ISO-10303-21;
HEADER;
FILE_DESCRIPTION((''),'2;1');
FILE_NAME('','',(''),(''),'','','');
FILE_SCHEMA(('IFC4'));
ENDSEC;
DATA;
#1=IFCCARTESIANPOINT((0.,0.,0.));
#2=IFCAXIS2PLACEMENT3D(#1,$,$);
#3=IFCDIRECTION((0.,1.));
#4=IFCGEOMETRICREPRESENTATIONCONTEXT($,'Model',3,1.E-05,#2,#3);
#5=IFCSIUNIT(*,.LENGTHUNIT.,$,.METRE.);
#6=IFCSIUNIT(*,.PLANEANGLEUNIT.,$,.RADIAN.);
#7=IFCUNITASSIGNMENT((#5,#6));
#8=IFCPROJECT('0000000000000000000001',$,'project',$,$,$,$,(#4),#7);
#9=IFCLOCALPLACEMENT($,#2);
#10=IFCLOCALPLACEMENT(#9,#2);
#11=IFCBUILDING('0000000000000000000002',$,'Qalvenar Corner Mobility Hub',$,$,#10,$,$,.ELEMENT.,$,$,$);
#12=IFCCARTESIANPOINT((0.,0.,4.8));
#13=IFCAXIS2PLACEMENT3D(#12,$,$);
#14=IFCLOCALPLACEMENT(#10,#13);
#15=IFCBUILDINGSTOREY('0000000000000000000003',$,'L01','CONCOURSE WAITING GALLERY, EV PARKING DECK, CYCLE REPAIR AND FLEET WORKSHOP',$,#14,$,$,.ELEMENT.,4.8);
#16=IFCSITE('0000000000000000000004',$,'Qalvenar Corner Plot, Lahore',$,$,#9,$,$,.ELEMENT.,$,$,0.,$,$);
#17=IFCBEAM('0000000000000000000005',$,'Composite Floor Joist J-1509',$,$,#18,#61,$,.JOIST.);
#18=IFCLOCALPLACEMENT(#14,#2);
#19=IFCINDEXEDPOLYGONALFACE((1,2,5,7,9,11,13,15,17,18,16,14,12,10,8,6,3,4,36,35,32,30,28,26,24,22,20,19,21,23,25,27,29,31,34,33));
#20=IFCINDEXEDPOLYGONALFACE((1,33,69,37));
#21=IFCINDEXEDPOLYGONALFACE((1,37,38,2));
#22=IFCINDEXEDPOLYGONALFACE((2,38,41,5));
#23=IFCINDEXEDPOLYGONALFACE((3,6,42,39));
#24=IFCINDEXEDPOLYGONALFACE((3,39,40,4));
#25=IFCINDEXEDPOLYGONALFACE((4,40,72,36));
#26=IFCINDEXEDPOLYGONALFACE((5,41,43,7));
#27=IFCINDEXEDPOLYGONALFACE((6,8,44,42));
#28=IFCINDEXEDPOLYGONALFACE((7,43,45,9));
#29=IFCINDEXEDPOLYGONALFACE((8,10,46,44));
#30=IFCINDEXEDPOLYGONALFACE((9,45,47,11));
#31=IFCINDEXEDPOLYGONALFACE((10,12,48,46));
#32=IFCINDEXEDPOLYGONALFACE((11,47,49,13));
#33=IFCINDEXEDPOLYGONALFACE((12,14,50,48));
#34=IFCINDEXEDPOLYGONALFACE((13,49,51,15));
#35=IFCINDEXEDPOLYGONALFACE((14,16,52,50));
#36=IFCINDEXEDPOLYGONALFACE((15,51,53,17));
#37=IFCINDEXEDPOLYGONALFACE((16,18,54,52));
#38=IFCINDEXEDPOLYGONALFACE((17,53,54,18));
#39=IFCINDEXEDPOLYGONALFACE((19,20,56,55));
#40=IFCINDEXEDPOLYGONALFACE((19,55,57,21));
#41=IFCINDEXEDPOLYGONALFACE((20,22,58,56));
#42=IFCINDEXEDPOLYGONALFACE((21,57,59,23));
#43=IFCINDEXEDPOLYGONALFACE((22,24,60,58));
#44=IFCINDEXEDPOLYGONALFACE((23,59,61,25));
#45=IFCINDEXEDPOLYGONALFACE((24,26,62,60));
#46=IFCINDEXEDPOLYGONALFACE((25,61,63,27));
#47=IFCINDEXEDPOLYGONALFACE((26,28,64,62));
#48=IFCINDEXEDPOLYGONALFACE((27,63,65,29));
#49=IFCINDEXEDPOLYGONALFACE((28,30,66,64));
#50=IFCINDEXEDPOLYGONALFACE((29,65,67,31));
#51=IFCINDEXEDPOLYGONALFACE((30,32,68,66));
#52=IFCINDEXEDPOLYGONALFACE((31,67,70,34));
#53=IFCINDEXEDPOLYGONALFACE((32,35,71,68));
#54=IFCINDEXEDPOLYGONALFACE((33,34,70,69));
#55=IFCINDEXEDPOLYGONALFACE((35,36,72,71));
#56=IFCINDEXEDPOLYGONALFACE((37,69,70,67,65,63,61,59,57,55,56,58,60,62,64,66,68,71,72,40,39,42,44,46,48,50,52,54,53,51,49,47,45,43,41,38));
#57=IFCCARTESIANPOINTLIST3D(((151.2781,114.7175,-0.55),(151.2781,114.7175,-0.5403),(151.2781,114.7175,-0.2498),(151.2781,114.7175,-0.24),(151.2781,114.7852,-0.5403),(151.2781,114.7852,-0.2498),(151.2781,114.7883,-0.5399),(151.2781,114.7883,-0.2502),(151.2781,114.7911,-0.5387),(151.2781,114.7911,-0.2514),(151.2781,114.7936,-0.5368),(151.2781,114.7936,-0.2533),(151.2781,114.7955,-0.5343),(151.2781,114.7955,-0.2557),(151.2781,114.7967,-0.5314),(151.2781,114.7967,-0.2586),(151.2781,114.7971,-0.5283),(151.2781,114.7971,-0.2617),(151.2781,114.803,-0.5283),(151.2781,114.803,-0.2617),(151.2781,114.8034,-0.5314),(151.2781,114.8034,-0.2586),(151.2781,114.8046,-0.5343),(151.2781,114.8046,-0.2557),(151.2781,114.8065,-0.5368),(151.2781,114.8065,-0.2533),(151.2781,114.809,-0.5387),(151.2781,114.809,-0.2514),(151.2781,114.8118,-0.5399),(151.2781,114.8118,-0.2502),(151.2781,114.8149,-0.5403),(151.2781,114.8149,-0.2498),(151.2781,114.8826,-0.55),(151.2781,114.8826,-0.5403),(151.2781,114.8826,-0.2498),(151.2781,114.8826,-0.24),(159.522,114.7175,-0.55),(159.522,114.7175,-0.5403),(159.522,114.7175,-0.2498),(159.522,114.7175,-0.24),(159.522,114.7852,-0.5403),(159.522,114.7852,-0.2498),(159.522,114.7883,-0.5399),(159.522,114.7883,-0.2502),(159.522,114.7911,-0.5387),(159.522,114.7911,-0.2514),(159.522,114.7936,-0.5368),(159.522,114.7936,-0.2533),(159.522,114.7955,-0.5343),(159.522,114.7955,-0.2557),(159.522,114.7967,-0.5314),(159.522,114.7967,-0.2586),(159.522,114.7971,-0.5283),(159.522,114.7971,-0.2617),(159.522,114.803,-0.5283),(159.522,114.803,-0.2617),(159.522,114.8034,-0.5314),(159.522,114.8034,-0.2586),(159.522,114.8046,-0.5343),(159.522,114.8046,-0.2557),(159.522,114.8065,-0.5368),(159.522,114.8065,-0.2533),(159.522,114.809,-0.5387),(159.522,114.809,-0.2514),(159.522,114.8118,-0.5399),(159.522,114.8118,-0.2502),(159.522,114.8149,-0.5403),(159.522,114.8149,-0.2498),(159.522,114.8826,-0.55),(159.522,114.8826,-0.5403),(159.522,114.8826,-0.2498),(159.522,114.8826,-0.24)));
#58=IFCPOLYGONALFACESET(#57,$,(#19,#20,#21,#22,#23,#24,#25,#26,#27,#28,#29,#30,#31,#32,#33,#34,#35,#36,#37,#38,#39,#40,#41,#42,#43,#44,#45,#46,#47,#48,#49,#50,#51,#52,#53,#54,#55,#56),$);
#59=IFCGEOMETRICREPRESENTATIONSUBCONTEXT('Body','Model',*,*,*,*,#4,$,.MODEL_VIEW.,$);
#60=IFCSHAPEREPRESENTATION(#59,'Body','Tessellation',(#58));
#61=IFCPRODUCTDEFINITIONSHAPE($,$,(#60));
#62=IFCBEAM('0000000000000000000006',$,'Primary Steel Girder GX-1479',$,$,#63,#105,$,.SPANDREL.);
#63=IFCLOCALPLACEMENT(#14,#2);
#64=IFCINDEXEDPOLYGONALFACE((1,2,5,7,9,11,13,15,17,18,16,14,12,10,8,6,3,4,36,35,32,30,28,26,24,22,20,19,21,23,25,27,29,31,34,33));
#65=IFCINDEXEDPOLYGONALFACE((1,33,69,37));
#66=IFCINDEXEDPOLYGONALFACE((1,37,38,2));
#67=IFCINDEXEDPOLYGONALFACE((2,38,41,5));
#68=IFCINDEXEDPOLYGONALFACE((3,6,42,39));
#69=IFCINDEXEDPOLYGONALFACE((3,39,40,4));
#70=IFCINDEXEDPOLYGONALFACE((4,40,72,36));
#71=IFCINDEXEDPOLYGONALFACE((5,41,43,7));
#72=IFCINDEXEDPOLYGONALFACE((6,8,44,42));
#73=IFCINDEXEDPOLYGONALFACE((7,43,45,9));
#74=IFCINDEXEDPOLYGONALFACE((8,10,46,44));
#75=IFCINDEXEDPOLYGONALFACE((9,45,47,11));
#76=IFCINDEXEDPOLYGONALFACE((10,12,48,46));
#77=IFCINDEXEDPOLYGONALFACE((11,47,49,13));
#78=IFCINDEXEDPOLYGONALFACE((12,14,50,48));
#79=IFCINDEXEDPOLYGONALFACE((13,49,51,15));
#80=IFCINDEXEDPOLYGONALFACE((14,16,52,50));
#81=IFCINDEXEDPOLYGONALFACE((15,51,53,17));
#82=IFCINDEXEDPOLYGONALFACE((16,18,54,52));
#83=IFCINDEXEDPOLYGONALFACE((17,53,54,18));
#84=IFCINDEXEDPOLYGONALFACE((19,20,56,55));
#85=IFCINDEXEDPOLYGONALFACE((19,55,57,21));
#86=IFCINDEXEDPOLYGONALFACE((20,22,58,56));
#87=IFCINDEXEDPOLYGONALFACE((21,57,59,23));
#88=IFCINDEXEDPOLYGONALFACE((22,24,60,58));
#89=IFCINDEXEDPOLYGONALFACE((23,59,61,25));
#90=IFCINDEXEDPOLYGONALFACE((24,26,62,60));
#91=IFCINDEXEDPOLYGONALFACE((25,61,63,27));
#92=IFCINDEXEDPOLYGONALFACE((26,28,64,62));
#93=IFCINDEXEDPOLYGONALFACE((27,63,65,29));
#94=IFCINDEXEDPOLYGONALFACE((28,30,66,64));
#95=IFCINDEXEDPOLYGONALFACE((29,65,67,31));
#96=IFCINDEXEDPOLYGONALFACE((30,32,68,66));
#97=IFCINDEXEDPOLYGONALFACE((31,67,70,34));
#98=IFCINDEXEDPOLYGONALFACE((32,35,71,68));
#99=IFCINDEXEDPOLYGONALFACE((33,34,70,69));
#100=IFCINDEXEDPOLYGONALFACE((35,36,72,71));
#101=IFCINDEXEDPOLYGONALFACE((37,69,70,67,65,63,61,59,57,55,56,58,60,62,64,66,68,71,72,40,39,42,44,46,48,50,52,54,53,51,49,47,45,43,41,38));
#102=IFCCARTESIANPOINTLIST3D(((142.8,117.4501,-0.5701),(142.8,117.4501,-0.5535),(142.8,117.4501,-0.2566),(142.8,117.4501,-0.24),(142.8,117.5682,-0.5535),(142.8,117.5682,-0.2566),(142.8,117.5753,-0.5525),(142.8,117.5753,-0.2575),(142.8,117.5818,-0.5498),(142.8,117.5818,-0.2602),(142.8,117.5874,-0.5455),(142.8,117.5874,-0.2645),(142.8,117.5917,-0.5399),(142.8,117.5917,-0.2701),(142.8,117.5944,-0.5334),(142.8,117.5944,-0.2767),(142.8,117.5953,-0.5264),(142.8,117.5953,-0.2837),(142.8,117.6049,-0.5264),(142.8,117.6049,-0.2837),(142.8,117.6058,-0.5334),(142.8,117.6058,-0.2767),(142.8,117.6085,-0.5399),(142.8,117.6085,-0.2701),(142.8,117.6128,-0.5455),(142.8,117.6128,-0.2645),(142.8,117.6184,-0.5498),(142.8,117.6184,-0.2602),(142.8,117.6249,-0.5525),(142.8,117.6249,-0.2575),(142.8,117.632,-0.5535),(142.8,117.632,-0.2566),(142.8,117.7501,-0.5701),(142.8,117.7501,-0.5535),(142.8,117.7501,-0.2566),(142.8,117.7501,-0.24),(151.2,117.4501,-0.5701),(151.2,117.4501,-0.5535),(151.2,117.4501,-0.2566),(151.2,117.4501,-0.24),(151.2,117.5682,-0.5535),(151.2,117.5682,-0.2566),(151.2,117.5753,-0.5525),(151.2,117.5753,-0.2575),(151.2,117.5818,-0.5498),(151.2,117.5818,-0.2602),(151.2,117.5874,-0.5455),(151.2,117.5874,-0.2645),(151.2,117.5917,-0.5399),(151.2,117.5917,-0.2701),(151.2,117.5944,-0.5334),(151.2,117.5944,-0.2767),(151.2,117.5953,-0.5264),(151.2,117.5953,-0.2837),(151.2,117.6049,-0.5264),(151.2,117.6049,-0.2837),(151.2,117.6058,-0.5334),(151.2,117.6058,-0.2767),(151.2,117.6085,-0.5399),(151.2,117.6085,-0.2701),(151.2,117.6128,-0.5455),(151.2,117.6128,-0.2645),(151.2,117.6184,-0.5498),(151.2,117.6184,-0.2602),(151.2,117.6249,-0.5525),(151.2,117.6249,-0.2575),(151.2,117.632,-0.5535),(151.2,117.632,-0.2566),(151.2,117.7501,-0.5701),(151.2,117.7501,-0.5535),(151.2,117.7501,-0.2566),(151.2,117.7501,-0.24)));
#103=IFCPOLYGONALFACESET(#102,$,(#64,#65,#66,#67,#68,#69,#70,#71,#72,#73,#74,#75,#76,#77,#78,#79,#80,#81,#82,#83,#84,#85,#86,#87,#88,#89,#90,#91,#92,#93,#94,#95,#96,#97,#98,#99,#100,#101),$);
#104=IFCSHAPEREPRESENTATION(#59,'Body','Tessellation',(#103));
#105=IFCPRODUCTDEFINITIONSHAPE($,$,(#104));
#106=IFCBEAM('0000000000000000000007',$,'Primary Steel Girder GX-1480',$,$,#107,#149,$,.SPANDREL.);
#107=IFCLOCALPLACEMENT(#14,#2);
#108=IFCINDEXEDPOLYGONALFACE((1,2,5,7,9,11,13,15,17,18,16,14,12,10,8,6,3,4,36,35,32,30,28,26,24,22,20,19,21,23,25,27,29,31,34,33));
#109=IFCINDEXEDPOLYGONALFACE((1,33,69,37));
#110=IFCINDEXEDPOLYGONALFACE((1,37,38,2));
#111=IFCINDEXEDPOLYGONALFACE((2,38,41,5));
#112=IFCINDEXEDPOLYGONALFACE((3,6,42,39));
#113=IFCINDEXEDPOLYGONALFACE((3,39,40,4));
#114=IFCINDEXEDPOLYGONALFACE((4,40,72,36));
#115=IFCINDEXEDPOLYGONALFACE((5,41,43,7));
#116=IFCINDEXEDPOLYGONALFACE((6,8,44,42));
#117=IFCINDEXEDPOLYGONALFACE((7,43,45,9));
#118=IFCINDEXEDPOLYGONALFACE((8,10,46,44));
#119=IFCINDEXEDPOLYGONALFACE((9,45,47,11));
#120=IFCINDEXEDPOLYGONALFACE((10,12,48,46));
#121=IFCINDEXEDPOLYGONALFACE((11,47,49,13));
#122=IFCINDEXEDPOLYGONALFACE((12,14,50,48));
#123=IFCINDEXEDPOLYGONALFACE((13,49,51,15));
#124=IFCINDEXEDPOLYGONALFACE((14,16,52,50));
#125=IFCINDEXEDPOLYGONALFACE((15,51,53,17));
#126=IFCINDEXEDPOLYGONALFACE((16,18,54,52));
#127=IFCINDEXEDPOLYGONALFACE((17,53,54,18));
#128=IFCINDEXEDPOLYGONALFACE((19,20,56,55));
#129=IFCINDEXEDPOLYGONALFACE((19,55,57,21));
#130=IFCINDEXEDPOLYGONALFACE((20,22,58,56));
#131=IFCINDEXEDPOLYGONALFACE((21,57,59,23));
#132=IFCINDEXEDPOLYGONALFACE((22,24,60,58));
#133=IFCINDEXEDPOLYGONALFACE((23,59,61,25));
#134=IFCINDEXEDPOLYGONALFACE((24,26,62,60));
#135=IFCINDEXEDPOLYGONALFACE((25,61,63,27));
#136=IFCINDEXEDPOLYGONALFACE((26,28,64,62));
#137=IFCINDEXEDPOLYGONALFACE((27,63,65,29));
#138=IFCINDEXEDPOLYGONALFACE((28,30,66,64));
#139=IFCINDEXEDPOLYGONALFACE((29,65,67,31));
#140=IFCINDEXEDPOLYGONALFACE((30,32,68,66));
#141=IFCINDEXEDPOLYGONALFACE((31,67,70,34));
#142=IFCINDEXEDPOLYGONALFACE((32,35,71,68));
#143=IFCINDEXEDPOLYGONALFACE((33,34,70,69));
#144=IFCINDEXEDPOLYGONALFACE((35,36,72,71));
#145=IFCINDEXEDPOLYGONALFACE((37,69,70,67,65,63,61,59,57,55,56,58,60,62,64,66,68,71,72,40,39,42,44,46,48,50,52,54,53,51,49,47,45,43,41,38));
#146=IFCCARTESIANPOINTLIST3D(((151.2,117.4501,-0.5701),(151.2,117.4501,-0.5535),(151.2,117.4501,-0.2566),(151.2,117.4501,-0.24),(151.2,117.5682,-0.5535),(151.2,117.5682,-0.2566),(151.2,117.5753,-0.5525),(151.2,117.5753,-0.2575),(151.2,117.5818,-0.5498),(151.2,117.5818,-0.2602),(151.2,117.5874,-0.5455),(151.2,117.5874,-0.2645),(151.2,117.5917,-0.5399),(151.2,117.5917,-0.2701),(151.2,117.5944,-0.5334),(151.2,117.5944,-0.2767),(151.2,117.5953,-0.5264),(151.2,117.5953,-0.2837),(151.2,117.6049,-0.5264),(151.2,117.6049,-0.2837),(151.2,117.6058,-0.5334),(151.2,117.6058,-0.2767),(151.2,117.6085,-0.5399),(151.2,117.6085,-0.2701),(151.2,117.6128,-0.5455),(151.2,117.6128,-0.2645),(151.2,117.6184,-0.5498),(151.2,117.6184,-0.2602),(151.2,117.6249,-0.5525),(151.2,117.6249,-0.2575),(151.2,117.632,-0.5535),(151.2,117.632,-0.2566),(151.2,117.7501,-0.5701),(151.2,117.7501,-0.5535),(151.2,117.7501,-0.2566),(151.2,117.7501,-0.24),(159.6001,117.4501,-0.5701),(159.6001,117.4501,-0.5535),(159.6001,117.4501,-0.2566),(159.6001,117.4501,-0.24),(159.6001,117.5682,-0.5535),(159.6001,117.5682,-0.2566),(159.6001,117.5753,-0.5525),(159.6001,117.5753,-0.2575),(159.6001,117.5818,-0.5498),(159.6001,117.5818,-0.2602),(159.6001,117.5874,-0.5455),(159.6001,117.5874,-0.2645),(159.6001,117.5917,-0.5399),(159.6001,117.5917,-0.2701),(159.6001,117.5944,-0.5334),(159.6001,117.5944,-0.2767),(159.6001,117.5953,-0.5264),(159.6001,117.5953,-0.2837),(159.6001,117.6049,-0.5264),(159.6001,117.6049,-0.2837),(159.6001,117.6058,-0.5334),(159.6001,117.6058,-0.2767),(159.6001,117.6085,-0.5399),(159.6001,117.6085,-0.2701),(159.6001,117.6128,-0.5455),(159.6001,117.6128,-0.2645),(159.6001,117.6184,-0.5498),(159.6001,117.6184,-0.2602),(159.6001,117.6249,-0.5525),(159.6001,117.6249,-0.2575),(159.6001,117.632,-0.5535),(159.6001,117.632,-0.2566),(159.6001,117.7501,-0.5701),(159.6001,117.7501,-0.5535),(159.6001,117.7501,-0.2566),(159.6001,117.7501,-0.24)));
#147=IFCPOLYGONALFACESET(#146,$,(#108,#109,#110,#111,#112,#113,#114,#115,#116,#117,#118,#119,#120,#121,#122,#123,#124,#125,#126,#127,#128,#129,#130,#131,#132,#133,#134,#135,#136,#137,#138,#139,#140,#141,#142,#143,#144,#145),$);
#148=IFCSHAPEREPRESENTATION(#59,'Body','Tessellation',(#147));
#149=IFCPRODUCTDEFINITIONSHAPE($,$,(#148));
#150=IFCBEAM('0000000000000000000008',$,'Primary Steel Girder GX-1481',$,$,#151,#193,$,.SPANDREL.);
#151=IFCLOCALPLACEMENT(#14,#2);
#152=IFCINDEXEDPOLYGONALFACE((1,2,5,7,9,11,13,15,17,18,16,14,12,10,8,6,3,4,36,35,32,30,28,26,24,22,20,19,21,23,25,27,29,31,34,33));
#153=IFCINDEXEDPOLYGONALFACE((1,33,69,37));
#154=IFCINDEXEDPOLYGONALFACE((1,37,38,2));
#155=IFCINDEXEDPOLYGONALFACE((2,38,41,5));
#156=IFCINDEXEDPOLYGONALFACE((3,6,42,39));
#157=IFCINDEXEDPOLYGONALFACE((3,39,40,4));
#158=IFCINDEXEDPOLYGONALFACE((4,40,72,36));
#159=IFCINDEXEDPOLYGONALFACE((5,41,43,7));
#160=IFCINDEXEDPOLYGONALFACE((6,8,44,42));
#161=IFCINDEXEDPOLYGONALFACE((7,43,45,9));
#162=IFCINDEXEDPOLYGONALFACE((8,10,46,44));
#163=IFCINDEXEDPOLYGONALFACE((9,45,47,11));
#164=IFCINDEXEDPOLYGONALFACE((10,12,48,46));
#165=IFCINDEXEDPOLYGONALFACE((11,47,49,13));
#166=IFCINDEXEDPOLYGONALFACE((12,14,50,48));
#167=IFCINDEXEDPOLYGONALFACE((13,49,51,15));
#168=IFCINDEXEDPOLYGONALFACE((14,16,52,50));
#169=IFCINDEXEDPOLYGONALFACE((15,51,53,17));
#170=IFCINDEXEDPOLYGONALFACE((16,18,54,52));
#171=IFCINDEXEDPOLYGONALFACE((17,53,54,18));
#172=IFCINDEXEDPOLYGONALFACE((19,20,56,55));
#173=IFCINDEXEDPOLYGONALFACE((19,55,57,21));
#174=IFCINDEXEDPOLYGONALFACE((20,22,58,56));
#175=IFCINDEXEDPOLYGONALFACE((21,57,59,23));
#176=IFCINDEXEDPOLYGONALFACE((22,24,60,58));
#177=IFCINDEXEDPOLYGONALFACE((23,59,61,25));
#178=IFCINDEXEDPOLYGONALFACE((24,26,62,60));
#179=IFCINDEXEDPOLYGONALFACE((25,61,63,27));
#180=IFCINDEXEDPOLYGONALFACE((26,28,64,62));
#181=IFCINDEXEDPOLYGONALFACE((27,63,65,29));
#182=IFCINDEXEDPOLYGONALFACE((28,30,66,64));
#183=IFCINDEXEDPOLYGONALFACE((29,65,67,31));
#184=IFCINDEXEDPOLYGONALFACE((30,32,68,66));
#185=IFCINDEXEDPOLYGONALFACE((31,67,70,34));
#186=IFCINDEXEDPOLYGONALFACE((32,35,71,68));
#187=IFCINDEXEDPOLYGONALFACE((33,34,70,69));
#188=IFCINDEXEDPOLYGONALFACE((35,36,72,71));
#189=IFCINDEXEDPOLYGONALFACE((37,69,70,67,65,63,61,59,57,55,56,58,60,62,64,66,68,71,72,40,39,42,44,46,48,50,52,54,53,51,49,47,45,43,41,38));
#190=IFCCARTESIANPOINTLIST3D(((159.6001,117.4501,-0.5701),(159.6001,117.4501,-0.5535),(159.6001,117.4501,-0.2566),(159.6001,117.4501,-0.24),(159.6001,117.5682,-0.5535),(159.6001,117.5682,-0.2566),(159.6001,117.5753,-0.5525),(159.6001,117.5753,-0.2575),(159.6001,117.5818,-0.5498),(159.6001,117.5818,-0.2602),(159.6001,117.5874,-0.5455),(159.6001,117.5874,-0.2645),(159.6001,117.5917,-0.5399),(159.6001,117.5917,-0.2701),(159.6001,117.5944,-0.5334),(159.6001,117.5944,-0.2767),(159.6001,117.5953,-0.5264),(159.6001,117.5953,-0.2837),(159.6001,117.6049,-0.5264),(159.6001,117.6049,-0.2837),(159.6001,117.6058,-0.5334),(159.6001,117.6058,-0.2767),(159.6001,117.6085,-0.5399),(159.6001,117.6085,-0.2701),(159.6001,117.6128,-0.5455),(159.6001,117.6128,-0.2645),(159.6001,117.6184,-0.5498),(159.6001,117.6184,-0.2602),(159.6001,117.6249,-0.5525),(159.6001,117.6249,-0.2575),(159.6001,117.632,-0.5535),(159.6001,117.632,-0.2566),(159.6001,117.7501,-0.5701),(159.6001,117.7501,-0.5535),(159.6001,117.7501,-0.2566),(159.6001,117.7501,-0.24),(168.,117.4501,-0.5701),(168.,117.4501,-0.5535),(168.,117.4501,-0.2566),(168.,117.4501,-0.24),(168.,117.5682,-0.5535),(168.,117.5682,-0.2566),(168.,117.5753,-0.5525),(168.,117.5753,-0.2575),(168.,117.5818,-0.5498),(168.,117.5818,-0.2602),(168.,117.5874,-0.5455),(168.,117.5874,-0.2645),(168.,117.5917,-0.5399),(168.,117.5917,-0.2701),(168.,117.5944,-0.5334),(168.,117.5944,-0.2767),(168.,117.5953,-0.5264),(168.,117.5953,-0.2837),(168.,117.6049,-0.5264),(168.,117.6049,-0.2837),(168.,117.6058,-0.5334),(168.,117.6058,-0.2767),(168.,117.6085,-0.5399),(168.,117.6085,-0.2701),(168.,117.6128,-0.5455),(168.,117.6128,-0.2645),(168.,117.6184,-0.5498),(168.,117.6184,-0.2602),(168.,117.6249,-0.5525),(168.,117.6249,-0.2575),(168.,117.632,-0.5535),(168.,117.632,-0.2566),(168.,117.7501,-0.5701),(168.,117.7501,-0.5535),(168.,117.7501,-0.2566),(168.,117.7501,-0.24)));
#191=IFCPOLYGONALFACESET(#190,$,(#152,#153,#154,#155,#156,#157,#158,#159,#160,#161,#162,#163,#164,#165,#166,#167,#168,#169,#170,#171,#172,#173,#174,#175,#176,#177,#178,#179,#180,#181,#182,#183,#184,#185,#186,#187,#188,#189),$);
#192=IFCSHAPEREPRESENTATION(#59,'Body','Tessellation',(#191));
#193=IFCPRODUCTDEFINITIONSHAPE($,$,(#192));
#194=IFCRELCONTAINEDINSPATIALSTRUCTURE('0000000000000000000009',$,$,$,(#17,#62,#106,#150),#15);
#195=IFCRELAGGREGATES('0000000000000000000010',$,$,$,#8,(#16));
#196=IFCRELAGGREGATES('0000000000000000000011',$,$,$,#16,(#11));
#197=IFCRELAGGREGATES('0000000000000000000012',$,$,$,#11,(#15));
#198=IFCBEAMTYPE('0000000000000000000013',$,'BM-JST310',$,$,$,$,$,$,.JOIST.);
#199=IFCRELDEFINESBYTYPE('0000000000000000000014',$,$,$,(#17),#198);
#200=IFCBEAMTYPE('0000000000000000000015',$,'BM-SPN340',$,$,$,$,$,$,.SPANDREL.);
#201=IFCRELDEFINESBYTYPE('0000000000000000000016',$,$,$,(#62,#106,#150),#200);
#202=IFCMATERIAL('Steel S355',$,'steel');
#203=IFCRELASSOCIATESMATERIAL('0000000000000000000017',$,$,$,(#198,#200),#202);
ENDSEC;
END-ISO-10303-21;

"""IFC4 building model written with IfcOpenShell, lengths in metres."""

from ifc_helpers import new_model, si_unit, direction, frame, origin, origin_2d, place, context, subcontext, project, spatial, i_section, extrude, material, material_profile, profile_set, type_object, element, save


model = new_model("IFC4")

# Units and contexts
model_context = context("Model", 3, precision=1e-05, world=origin(), true_north=direction((0.0, 1.0)))
body_context = subcontext(model_context, "Body", "Model", "MODEL_VIEW")
ifc_project = project(units=[si_unit("LENGTHUNIT", "METRE"), si_unit("PLANEANGLEUNIT", "RADIAN")], contexts=[model_context])

# Site, building, storey
site_placement = place(None, origin())
site = spatial("IfcSite", under=ifc_project, at=site_placement, Name="Qalvenar Corner Plot, Lahore", CompositionType="ELEMENT", RefElevation=0.0)
building_placement = place(site_placement, origin())
building = spatial("IfcBuilding", under=site, at=building_placement, Name="Qalvenar Corner Mobility Hub", CompositionType="ELEMENT")
storey_placement = place(building_placement, frame((0.0, 0.0, 4.8)))
storey = spatial("IfcBuildingStorey", under=building, at=storey_placement, Name="L01", Description="CONCOURSE WAITING GALLERY, EV PARKING DECK, CYCLE REPAIR AND FLEET WORKSHOP", CompositionType="ELEMENT", Elevation=4.8)

# Shared definitions
ifc_material_1 = material(Name="Steel S355", Category="steel")

# Beams
ifc_material_profile_1 = material_profile(ifc_material_1, i_section(OverallWidth=0.165, OverallDepth=0.3101, WebThickness=0.0059, FlangeThickness=0.0098, FilletRadius=0.012, at=origin_2d()), Name="W310x38.7")
ifc_profile_set_1 = profile_set([ifc_material_profile_1], Name="Steel S355")
beam_type_1 = type_object("IfcBeamType", Name="BM-JST310", PredefinedType="JOIST", material=ifc_profile_set_1)
for number, where, z_axis, x_axis, name in (
    (1, (151.2781, 114.8, -0.395), (1.0, 0.0, 0.0), (0.0, 1.0, 0.0), "Composite Floor Joist J-1509"),
):
    element("IfcBeam", number, at=place(storey_placement, frame(where, z_axis=z_axis, x_axis=x_axis)), inside=storey, type_object=beam_type_1, Name=name, PredefinedType="JOIST", context=body_context, shape_type="SweptSolid", body=[
        extrude(i_section(OverallWidth=0.165, OverallDepth=0.3101, WebThickness=0.0059, FlangeThickness=0.0098, FilletRadius=0.012, at=origin_2d()), origin(), (0.0, 0.0, 1.0), 8.2439),
    ])
ifc_material_profile_2 = material_profile(ifc_material_1, i_section(OverallWidth=0.3, OverallDepth=0.3301, WebThickness=0.0095, FlangeThickness=0.0166, FilletRadius=0.0271, at=origin_2d()), Name="HEA340")
ifc_profile_set_2 = profile_set([ifc_material_profile_2], Name="Steel S355")
beam_type_2 = type_object("IfcBeamType", Name="BM-SPN340", PredefinedType="SPANDREL", material=ifc_profile_set_2)
beam_1_placement = place(storey_placement, frame((142.8, 117.6001, -0.405), z_axis=(1.0, 0.0, 0.0), x_axis=(0.0, 1.0, 0.0)))
element("IfcBeam", 2, at=beam_1_placement, inside=storey, type_object=beam_type_2, Name="Primary Steel Girder GX-1479", PredefinedType="SPANDREL", context=body_context, shape_type="SweptSolid", body=[
    extrude(i_section(OverallWidth=0.3, OverallDepth=0.3301, WebThickness=0.0095, FlangeThickness=0.0166, FilletRadius=0.0271, at=origin_2d()), origin(), (0.0, 0.0, 1.0), 8.3999),
])
beam_2_placement = place(storey_placement, frame((151.2, 117.6001, -0.405), z_axis=(1.0, 0.0, 0.0), x_axis=(0.0, 1.0, 0.0)))
element("IfcBeam", 3, at=beam_2_placement, inside=storey, type_object=beam_type_2, Name="Primary Steel Girder GX-1480", PredefinedType="SPANDREL", context=body_context, shape_type="SweptSolid", body=[
    extrude(i_section(OverallWidth=0.3, OverallDepth=0.3301, WebThickness=0.0095, FlangeThickness=0.0166, FilletRadius=0.0271, at=origin_2d()), origin(), (0.0, 0.0, 1.0), 8.4001),
])
beam_3_placement = place(storey_placement, frame((159.6001, 117.6001, -0.405), z_axis=(1.0, 0.0, 0.0), x_axis=(0.0, 1.0, 0.0)))
element("IfcBeam", 4, at=beam_3_placement, inside=storey, type_object=beam_type_2, Name="Primary Steel Girder GX-1481", PredefinedType="SPANDREL", context=body_context, shape_type="SweptSolid", body=[
    extrude(i_section(OverallWidth=0.3, OverallDepth=0.3301, WebThickness=0.0095, FlangeThickness=0.0166, FilletRadius=0.0271, at=origin_2d()), origin(), (0.0, 0.0, 1.0), 8.3999),
])

save(model, "model.ifc")
